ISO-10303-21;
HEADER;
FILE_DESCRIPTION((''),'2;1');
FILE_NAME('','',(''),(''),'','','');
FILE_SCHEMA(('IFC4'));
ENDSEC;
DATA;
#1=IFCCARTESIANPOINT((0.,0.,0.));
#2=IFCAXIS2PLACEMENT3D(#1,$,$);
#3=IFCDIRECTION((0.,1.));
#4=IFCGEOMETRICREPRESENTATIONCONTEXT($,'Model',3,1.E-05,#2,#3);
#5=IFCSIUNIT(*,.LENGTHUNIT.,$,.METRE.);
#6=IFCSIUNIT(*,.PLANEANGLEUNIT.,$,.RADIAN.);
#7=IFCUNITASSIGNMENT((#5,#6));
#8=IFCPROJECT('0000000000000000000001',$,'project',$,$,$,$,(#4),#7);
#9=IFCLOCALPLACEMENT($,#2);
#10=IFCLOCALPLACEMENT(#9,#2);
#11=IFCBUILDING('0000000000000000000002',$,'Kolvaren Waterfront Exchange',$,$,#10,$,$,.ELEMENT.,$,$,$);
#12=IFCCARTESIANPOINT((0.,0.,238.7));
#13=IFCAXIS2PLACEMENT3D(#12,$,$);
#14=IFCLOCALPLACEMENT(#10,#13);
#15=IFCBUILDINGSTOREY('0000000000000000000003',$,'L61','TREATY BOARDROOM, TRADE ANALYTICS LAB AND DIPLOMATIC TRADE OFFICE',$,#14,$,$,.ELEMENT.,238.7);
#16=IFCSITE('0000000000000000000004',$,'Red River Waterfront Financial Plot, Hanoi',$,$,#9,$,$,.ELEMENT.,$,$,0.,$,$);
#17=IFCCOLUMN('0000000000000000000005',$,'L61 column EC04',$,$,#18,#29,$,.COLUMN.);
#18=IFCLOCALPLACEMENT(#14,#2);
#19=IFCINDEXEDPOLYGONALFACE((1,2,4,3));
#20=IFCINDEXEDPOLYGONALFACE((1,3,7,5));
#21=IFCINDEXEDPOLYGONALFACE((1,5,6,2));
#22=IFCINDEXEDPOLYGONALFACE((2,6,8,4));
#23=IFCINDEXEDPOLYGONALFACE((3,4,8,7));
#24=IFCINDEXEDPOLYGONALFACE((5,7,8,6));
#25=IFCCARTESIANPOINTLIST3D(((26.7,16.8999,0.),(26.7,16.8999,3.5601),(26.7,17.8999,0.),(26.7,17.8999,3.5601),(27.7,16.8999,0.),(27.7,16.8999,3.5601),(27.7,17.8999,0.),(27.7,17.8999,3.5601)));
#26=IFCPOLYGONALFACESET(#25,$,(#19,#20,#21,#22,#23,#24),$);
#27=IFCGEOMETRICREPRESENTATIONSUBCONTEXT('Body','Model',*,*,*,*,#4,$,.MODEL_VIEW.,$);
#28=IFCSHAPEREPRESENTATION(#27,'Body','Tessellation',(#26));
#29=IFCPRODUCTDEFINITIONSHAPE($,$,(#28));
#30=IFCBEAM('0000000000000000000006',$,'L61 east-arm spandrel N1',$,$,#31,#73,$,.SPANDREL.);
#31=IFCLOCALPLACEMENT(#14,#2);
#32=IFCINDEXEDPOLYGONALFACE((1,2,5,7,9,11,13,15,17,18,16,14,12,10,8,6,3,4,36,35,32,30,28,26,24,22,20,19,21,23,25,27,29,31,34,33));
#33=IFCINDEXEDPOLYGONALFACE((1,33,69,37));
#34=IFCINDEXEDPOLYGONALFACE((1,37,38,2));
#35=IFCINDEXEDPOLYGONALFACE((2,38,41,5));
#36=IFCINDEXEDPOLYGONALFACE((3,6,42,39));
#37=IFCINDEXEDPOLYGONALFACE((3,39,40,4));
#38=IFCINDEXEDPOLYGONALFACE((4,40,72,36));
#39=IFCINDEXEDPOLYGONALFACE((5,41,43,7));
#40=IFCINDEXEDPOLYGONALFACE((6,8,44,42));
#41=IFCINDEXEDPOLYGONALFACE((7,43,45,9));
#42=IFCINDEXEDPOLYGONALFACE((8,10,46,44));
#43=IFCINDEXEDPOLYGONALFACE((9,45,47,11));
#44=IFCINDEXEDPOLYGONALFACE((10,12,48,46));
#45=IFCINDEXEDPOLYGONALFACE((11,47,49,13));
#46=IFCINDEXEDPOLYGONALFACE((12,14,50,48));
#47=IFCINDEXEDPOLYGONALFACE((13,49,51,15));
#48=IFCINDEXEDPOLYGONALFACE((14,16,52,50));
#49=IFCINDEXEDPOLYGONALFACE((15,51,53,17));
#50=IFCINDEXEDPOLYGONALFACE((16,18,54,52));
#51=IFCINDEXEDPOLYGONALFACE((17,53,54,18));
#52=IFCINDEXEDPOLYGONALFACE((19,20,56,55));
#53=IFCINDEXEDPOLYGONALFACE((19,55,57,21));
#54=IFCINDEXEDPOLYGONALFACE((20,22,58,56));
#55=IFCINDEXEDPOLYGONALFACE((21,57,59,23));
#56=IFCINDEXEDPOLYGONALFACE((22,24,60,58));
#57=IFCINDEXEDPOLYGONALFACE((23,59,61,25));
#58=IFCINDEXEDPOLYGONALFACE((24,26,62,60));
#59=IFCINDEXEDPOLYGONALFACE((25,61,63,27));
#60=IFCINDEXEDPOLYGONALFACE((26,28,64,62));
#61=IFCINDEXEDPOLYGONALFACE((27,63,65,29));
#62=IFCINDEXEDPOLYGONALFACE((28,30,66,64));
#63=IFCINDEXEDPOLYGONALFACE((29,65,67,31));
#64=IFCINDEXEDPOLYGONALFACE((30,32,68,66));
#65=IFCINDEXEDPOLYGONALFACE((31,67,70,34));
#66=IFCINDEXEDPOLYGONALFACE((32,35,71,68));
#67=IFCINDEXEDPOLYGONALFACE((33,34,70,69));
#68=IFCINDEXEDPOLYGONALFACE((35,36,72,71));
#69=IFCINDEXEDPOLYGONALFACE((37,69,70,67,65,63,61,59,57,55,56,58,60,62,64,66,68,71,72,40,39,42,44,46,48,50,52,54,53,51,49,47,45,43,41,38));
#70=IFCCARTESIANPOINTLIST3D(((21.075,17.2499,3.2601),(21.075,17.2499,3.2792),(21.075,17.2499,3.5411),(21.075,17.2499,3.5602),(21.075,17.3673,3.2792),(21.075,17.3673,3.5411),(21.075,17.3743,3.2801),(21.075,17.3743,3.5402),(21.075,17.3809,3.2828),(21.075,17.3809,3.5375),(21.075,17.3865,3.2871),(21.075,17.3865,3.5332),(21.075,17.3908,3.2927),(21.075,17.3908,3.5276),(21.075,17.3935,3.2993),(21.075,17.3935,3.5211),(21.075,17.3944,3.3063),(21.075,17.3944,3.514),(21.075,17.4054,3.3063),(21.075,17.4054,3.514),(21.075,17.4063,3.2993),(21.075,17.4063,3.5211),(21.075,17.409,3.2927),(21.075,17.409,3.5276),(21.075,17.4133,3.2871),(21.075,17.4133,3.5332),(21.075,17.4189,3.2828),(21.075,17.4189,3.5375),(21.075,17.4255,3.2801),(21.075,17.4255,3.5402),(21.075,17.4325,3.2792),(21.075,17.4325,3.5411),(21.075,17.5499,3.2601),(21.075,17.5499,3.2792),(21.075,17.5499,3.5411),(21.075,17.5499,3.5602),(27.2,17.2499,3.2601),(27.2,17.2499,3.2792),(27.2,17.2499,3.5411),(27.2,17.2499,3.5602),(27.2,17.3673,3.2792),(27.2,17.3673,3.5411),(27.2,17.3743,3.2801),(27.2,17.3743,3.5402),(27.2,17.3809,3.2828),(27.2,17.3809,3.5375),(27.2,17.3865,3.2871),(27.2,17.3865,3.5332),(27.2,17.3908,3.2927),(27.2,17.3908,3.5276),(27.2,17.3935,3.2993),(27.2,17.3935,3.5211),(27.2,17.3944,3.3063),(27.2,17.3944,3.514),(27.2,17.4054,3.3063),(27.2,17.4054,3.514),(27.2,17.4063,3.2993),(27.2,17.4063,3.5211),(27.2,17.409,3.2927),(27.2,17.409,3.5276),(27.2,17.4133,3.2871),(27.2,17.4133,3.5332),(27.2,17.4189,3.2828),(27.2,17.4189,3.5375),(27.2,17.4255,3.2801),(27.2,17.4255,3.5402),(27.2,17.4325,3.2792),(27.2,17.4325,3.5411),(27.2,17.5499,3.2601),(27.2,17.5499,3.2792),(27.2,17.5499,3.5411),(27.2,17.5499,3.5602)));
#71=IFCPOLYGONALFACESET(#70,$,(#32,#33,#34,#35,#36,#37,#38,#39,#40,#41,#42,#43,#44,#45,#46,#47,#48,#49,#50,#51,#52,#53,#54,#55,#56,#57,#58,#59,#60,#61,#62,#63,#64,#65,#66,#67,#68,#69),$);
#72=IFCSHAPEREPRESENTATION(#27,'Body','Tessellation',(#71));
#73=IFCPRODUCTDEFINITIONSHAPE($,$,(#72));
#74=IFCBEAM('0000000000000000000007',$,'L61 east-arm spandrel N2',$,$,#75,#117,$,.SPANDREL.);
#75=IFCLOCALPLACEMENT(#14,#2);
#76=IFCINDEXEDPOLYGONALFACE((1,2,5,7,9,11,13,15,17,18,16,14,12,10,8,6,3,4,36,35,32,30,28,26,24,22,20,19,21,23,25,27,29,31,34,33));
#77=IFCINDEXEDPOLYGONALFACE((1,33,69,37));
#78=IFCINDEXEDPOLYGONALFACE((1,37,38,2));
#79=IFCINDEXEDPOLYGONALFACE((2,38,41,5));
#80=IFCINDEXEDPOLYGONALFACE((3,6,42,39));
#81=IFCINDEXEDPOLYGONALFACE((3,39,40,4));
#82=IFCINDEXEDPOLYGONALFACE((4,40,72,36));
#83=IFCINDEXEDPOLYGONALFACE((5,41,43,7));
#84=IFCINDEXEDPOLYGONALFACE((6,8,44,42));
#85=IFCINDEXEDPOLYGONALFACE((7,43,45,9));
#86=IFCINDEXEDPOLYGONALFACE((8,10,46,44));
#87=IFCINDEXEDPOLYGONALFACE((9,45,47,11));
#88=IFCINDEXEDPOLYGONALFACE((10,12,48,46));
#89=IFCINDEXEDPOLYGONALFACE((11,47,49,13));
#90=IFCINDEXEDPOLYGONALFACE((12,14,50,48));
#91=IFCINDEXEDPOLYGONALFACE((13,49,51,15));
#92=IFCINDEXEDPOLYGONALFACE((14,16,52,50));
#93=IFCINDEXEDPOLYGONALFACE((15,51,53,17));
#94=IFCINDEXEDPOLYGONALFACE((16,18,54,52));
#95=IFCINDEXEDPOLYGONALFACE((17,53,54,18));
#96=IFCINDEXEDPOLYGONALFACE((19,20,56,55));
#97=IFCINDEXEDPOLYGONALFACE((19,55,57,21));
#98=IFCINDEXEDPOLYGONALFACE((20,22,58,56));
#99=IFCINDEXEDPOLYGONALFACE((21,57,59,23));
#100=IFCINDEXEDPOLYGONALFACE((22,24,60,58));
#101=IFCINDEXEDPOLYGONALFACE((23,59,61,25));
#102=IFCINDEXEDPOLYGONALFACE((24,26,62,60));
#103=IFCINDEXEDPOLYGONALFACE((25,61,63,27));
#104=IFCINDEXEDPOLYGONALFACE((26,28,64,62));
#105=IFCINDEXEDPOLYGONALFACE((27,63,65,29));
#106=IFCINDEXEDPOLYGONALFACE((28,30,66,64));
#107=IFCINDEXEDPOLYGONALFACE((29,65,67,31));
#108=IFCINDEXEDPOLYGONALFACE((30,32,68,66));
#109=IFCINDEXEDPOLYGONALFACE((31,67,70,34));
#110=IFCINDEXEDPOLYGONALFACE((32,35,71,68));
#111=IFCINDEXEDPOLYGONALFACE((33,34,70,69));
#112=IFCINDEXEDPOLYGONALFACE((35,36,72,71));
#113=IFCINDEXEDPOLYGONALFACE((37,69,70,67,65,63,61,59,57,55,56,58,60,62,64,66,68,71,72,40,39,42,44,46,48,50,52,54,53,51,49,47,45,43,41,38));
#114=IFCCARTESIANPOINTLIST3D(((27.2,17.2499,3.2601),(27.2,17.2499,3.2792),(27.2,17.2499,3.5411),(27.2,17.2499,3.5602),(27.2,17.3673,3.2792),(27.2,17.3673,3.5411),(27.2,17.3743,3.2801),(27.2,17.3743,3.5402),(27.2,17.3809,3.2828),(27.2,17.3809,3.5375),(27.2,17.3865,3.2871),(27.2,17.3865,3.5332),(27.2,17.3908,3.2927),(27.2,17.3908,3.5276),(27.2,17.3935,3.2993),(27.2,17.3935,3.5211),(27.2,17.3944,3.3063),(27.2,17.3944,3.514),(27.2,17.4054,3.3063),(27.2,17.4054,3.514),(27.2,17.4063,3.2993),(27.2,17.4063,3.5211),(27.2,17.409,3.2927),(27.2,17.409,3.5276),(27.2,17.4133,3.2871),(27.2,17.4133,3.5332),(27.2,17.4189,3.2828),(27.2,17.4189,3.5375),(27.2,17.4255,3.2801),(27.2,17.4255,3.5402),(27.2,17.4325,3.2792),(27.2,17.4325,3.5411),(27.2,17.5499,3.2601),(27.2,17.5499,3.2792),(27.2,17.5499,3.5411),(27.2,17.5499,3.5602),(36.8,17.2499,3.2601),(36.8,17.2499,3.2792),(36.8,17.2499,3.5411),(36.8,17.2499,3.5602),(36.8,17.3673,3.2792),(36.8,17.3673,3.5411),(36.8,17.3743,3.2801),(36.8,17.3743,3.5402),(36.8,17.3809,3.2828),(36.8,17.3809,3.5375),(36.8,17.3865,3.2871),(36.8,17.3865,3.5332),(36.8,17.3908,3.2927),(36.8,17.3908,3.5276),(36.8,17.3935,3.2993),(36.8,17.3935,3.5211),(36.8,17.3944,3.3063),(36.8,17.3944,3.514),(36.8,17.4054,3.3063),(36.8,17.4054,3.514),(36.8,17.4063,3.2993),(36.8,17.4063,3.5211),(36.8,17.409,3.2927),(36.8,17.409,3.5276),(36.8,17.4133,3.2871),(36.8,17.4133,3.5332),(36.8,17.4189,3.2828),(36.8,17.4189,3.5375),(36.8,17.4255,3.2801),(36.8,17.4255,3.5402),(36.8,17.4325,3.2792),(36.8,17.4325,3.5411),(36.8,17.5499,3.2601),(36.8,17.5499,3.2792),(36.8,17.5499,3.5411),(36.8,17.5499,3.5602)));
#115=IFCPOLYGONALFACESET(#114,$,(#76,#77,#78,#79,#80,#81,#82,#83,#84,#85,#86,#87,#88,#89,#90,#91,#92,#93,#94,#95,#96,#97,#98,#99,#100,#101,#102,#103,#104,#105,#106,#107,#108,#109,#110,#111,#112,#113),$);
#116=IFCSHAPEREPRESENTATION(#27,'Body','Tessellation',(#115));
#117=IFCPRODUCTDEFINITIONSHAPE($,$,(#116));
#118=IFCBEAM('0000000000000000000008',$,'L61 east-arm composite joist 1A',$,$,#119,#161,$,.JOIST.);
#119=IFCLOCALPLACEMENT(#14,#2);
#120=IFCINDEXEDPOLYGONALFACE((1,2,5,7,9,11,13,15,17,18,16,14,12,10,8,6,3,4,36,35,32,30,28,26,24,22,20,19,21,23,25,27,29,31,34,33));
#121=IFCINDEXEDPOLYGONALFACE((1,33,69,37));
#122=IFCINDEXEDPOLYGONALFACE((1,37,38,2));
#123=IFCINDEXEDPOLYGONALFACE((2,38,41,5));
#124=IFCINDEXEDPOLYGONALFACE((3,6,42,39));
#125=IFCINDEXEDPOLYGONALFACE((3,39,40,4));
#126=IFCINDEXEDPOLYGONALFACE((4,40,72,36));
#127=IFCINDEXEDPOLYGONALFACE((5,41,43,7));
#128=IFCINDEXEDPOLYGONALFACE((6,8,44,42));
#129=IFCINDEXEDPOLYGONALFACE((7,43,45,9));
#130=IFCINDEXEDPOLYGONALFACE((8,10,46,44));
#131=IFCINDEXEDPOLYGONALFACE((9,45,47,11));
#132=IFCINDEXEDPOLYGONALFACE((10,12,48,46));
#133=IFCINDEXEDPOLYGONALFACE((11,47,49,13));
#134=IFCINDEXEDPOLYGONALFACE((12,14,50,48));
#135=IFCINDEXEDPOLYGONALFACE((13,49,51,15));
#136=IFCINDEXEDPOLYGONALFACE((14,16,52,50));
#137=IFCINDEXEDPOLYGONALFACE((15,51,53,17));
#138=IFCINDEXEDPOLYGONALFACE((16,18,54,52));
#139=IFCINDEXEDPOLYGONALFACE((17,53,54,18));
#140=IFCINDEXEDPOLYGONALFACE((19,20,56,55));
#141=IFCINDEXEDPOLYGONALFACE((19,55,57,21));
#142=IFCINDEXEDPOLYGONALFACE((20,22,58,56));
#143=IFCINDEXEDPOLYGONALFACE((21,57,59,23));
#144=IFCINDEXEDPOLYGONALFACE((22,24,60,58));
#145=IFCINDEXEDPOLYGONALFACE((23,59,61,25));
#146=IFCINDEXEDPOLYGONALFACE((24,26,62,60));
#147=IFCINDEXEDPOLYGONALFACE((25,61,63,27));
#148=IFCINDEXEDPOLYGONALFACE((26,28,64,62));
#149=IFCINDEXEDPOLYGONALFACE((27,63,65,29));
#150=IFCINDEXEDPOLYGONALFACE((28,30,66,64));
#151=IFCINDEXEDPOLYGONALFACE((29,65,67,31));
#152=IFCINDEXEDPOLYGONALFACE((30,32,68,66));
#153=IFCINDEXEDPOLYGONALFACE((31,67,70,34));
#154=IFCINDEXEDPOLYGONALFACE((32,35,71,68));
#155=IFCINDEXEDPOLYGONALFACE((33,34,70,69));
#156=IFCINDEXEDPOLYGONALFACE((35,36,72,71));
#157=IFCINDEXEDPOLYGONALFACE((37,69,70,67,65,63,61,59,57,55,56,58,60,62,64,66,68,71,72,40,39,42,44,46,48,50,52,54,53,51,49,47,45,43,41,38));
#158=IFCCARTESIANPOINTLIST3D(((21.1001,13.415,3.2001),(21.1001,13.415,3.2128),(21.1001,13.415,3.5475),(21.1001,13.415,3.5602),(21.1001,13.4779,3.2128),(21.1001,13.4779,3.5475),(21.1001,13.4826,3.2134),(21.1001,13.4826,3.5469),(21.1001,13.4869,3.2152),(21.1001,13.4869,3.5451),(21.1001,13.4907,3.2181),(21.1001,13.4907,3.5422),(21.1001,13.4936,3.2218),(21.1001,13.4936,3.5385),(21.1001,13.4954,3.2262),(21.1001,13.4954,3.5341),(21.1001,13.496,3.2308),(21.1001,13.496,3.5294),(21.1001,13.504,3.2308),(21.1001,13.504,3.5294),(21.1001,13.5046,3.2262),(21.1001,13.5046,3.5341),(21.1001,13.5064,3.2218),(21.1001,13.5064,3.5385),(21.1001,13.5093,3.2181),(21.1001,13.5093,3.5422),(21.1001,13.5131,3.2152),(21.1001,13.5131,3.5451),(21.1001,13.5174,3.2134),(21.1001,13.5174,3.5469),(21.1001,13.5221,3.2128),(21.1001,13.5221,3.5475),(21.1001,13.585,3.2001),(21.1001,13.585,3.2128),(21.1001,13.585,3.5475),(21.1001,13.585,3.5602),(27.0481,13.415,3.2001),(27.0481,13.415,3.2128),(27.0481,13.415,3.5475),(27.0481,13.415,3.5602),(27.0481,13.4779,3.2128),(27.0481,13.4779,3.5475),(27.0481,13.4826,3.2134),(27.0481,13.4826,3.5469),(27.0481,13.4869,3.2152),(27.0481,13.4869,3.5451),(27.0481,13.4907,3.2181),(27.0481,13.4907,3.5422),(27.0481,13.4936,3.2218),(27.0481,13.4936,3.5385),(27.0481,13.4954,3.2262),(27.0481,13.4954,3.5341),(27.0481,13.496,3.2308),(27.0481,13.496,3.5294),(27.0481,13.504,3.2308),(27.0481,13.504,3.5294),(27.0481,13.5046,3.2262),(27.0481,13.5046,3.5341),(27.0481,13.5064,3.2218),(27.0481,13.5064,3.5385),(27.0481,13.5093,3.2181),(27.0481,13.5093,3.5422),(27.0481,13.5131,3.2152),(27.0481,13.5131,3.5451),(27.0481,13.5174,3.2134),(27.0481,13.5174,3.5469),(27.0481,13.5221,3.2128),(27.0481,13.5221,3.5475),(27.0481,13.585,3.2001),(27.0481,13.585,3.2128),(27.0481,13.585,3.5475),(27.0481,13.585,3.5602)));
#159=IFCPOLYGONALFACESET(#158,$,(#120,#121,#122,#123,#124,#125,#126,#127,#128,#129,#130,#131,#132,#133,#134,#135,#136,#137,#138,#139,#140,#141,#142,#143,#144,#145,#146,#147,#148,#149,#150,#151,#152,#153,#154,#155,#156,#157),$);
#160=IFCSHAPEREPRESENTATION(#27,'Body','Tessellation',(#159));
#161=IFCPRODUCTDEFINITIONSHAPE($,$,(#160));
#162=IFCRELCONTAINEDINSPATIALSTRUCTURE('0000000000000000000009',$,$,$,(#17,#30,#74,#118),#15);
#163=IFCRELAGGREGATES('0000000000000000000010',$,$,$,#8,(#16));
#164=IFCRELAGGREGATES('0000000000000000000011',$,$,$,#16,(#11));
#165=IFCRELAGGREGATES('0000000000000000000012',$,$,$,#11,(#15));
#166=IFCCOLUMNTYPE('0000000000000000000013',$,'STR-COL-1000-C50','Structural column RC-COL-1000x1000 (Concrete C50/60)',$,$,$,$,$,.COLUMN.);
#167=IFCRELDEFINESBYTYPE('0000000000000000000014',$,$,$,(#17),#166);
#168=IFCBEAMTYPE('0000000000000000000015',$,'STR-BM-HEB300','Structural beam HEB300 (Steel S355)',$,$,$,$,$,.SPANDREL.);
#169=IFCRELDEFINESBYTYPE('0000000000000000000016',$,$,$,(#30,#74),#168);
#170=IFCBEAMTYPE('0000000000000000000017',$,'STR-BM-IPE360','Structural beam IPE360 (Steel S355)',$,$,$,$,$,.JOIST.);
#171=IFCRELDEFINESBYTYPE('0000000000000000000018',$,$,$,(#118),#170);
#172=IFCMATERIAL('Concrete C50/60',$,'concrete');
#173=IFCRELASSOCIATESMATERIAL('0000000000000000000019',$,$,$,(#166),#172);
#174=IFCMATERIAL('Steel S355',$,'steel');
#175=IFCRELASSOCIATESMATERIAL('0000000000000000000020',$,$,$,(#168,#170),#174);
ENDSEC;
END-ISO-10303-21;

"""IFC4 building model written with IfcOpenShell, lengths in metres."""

from ifc_helpers import new_model, si_unit, direction, frame, origin, origin_2d, place, context, subcontext, project, spatial, rectangle, i_section, extrude, material, material_profile, profile_set, type_object, element, save


model = new_model("IFC4")

# Units and contexts
model_context = context("Model", 3, precision=1e-05, world=origin(), true_north=direction((0.0, 1.0)))
body_context = subcontext(model_context, "Body", "Model", "MODEL_VIEW")
ifc_project = project(units=[si_unit("LENGTHUNIT", "METRE"), si_unit("PLANEANGLEUNIT", "RADIAN")], contexts=[model_context])

# Site, building, storey
site_placement = place(None, origin())
site = spatial("IfcSite", under=ifc_project, at=site_placement, Name="Red River Waterfront Financial Plot, Hanoi", CompositionType="ELEMENT", RefElevation=0.0)
building_placement = place(site_placement, origin())
building = spatial("IfcBuilding", under=site, at=building_placement, Name="Kolvaren Waterfront Exchange", CompositionType="ELEMENT")
storey_placement = place(building_placement, frame((0.0, 0.0, 238.7)))
storey = spatial("IfcBuildingStorey", under=building, at=storey_placement, Name="L61", Description="TREATY BOARDROOM, TRADE ANALYTICS LAB AND DIPLOMATIC TRADE OFFICE", CompositionType="ELEMENT", Elevation=238.7)

# Column
ifc_material_1 = material(Name="Concrete C50/60", Category="concrete")
ifc_material_profile_1 = material_profile(ifc_material_1, rectangle(XDim=1.0, YDim=1.0, at=origin_2d()), Name="RC-COL-1000x1000")
ifc_profile_set_1 = profile_set([ifc_material_profile_1], Name="Concrete C50/60")
column_type = type_object("IfcColumnType", Name="STR-COL-1000-C50", Description="Structural column RC-COL-1000x1000 (Concrete C50/60)", PredefinedType="COLUMN", material=ifc_profile_set_1)
column_placement = place(storey_placement, frame((27.2, 17.3999, 0.0), z_axis=(0.0, 0.0, 1.0), x_axis=(1.0, 0.0, 0.0)))
element("IfcColumn", 1, at=column_placement, inside=storey, type_object=column_type, Name="L61 column EC04", PredefinedType="COLUMN", context=body_context, shape_type="SweptSolid", body=[
    extrude(rectangle(XDim=1.0, YDim=1.0, at=origin_2d()), origin(), (0.0, 0.0, 1.0), 3.5601),
])

# Beams
ifc_material_2 = material(Name="Steel S355", Category="steel")
ifc_material_profile_2 = material_profile(ifc_material_2, i_section(OverallWidth=0.3, OverallDepth=0.3, WebThickness=0.011, FlangeThickness=0.019, FilletRadius=0.0271, at=origin_2d()), Name="HEB300")
ifc_profile_set_2 = profile_set([ifc_material_profile_2], Name="Steel S355")
beam_type_1 = type_object("IfcBeamType", Name="STR-BM-HEB300", Description="Structural beam HEB300 (Steel S355)", PredefinedType="SPANDREL", material=ifc_profile_set_2)
beam_1_placement = place(storey_placement, frame((21.075, 17.3999, 3.4102), z_axis=(1.0, 0.0, 0.0), x_axis=(0.0, 1.0, 0.0)))
element("IfcBeam", 2, at=beam_1_placement, inside=storey, type_object=beam_type_1, Name="L61 east-arm spandrel N1", PredefinedType="SPANDREL", context=body_context, shape_type="SweptSolid", body=[
    extrude(i_section(OverallWidth=0.3, OverallDepth=0.3, WebThickness=0.011, FlangeThickness=0.019, FilletRadius=0.0271, at=origin_2d()), origin(), (0.0, 0.0, 1.0), 6.125),
])
beam_2_placement = place(storey_placement, frame((27.2, 17.3999, 3.4102), z_axis=(1.0, 0.0, 0.0), x_axis=(0.0, 1.0, 0.0)))
element("IfcBeam", 3, at=beam_2_placement, inside=storey, type_object=beam_type_1, Name="L61 east-arm spandrel N2", PredefinedType="SPANDREL", context=body_context, shape_type="SweptSolid", body=[
    extrude(i_section(OverallWidth=0.3, OverallDepth=0.3, WebThickness=0.011, FlangeThickness=0.019, FilletRadius=0.0271, at=origin_2d()), origin(), (0.0, 0.0, 1.0), 9.6001),
])
ifc_material_profile_3 = material_profile(ifc_material_2, i_section(OverallWidth=0.1699, OverallDepth=0.3601, WebThickness=0.0081, FlangeThickness=0.0127, FilletRadius=0.0181, at=origin_2d()), Name="IPE360")
ifc_profile_set_3 = profile_set([ifc_material_profile_3], Name="Steel S355")
beam_type_2 = type_object("IfcBeamType", Name="STR-BM-IPE360", Description="Structural beam IPE360 (Steel S355)", PredefinedType="JOIST", material=ifc_profile_set_3)
for number, where, z_axis, x_axis, name in (
    (4, (21.1001, 13.5, 3.3801), (1.0, 0.0, 0.0), (0.0, 1.0, 0.0), "L61 east-arm composite joist 1A"),
):
    element("IfcBeam", number, at=place(storey_placement, frame(where, z_axis=z_axis, x_axis=x_axis)), inside=storey, type_object=beam_type_2, Name=name, PredefinedType="JOIST", context=body_context, shape_type="SweptSolid", body=[
        extrude(i_section(OverallWidth=0.1699, OverallDepth=0.3601, WebThickness=0.0081, FlangeThickness=0.0127, FilletRadius=0.0181, at=origin_2d()), origin(), (0.0, 0.0, 1.0), 5.948),
    ])

save(model, "model.ifc")
